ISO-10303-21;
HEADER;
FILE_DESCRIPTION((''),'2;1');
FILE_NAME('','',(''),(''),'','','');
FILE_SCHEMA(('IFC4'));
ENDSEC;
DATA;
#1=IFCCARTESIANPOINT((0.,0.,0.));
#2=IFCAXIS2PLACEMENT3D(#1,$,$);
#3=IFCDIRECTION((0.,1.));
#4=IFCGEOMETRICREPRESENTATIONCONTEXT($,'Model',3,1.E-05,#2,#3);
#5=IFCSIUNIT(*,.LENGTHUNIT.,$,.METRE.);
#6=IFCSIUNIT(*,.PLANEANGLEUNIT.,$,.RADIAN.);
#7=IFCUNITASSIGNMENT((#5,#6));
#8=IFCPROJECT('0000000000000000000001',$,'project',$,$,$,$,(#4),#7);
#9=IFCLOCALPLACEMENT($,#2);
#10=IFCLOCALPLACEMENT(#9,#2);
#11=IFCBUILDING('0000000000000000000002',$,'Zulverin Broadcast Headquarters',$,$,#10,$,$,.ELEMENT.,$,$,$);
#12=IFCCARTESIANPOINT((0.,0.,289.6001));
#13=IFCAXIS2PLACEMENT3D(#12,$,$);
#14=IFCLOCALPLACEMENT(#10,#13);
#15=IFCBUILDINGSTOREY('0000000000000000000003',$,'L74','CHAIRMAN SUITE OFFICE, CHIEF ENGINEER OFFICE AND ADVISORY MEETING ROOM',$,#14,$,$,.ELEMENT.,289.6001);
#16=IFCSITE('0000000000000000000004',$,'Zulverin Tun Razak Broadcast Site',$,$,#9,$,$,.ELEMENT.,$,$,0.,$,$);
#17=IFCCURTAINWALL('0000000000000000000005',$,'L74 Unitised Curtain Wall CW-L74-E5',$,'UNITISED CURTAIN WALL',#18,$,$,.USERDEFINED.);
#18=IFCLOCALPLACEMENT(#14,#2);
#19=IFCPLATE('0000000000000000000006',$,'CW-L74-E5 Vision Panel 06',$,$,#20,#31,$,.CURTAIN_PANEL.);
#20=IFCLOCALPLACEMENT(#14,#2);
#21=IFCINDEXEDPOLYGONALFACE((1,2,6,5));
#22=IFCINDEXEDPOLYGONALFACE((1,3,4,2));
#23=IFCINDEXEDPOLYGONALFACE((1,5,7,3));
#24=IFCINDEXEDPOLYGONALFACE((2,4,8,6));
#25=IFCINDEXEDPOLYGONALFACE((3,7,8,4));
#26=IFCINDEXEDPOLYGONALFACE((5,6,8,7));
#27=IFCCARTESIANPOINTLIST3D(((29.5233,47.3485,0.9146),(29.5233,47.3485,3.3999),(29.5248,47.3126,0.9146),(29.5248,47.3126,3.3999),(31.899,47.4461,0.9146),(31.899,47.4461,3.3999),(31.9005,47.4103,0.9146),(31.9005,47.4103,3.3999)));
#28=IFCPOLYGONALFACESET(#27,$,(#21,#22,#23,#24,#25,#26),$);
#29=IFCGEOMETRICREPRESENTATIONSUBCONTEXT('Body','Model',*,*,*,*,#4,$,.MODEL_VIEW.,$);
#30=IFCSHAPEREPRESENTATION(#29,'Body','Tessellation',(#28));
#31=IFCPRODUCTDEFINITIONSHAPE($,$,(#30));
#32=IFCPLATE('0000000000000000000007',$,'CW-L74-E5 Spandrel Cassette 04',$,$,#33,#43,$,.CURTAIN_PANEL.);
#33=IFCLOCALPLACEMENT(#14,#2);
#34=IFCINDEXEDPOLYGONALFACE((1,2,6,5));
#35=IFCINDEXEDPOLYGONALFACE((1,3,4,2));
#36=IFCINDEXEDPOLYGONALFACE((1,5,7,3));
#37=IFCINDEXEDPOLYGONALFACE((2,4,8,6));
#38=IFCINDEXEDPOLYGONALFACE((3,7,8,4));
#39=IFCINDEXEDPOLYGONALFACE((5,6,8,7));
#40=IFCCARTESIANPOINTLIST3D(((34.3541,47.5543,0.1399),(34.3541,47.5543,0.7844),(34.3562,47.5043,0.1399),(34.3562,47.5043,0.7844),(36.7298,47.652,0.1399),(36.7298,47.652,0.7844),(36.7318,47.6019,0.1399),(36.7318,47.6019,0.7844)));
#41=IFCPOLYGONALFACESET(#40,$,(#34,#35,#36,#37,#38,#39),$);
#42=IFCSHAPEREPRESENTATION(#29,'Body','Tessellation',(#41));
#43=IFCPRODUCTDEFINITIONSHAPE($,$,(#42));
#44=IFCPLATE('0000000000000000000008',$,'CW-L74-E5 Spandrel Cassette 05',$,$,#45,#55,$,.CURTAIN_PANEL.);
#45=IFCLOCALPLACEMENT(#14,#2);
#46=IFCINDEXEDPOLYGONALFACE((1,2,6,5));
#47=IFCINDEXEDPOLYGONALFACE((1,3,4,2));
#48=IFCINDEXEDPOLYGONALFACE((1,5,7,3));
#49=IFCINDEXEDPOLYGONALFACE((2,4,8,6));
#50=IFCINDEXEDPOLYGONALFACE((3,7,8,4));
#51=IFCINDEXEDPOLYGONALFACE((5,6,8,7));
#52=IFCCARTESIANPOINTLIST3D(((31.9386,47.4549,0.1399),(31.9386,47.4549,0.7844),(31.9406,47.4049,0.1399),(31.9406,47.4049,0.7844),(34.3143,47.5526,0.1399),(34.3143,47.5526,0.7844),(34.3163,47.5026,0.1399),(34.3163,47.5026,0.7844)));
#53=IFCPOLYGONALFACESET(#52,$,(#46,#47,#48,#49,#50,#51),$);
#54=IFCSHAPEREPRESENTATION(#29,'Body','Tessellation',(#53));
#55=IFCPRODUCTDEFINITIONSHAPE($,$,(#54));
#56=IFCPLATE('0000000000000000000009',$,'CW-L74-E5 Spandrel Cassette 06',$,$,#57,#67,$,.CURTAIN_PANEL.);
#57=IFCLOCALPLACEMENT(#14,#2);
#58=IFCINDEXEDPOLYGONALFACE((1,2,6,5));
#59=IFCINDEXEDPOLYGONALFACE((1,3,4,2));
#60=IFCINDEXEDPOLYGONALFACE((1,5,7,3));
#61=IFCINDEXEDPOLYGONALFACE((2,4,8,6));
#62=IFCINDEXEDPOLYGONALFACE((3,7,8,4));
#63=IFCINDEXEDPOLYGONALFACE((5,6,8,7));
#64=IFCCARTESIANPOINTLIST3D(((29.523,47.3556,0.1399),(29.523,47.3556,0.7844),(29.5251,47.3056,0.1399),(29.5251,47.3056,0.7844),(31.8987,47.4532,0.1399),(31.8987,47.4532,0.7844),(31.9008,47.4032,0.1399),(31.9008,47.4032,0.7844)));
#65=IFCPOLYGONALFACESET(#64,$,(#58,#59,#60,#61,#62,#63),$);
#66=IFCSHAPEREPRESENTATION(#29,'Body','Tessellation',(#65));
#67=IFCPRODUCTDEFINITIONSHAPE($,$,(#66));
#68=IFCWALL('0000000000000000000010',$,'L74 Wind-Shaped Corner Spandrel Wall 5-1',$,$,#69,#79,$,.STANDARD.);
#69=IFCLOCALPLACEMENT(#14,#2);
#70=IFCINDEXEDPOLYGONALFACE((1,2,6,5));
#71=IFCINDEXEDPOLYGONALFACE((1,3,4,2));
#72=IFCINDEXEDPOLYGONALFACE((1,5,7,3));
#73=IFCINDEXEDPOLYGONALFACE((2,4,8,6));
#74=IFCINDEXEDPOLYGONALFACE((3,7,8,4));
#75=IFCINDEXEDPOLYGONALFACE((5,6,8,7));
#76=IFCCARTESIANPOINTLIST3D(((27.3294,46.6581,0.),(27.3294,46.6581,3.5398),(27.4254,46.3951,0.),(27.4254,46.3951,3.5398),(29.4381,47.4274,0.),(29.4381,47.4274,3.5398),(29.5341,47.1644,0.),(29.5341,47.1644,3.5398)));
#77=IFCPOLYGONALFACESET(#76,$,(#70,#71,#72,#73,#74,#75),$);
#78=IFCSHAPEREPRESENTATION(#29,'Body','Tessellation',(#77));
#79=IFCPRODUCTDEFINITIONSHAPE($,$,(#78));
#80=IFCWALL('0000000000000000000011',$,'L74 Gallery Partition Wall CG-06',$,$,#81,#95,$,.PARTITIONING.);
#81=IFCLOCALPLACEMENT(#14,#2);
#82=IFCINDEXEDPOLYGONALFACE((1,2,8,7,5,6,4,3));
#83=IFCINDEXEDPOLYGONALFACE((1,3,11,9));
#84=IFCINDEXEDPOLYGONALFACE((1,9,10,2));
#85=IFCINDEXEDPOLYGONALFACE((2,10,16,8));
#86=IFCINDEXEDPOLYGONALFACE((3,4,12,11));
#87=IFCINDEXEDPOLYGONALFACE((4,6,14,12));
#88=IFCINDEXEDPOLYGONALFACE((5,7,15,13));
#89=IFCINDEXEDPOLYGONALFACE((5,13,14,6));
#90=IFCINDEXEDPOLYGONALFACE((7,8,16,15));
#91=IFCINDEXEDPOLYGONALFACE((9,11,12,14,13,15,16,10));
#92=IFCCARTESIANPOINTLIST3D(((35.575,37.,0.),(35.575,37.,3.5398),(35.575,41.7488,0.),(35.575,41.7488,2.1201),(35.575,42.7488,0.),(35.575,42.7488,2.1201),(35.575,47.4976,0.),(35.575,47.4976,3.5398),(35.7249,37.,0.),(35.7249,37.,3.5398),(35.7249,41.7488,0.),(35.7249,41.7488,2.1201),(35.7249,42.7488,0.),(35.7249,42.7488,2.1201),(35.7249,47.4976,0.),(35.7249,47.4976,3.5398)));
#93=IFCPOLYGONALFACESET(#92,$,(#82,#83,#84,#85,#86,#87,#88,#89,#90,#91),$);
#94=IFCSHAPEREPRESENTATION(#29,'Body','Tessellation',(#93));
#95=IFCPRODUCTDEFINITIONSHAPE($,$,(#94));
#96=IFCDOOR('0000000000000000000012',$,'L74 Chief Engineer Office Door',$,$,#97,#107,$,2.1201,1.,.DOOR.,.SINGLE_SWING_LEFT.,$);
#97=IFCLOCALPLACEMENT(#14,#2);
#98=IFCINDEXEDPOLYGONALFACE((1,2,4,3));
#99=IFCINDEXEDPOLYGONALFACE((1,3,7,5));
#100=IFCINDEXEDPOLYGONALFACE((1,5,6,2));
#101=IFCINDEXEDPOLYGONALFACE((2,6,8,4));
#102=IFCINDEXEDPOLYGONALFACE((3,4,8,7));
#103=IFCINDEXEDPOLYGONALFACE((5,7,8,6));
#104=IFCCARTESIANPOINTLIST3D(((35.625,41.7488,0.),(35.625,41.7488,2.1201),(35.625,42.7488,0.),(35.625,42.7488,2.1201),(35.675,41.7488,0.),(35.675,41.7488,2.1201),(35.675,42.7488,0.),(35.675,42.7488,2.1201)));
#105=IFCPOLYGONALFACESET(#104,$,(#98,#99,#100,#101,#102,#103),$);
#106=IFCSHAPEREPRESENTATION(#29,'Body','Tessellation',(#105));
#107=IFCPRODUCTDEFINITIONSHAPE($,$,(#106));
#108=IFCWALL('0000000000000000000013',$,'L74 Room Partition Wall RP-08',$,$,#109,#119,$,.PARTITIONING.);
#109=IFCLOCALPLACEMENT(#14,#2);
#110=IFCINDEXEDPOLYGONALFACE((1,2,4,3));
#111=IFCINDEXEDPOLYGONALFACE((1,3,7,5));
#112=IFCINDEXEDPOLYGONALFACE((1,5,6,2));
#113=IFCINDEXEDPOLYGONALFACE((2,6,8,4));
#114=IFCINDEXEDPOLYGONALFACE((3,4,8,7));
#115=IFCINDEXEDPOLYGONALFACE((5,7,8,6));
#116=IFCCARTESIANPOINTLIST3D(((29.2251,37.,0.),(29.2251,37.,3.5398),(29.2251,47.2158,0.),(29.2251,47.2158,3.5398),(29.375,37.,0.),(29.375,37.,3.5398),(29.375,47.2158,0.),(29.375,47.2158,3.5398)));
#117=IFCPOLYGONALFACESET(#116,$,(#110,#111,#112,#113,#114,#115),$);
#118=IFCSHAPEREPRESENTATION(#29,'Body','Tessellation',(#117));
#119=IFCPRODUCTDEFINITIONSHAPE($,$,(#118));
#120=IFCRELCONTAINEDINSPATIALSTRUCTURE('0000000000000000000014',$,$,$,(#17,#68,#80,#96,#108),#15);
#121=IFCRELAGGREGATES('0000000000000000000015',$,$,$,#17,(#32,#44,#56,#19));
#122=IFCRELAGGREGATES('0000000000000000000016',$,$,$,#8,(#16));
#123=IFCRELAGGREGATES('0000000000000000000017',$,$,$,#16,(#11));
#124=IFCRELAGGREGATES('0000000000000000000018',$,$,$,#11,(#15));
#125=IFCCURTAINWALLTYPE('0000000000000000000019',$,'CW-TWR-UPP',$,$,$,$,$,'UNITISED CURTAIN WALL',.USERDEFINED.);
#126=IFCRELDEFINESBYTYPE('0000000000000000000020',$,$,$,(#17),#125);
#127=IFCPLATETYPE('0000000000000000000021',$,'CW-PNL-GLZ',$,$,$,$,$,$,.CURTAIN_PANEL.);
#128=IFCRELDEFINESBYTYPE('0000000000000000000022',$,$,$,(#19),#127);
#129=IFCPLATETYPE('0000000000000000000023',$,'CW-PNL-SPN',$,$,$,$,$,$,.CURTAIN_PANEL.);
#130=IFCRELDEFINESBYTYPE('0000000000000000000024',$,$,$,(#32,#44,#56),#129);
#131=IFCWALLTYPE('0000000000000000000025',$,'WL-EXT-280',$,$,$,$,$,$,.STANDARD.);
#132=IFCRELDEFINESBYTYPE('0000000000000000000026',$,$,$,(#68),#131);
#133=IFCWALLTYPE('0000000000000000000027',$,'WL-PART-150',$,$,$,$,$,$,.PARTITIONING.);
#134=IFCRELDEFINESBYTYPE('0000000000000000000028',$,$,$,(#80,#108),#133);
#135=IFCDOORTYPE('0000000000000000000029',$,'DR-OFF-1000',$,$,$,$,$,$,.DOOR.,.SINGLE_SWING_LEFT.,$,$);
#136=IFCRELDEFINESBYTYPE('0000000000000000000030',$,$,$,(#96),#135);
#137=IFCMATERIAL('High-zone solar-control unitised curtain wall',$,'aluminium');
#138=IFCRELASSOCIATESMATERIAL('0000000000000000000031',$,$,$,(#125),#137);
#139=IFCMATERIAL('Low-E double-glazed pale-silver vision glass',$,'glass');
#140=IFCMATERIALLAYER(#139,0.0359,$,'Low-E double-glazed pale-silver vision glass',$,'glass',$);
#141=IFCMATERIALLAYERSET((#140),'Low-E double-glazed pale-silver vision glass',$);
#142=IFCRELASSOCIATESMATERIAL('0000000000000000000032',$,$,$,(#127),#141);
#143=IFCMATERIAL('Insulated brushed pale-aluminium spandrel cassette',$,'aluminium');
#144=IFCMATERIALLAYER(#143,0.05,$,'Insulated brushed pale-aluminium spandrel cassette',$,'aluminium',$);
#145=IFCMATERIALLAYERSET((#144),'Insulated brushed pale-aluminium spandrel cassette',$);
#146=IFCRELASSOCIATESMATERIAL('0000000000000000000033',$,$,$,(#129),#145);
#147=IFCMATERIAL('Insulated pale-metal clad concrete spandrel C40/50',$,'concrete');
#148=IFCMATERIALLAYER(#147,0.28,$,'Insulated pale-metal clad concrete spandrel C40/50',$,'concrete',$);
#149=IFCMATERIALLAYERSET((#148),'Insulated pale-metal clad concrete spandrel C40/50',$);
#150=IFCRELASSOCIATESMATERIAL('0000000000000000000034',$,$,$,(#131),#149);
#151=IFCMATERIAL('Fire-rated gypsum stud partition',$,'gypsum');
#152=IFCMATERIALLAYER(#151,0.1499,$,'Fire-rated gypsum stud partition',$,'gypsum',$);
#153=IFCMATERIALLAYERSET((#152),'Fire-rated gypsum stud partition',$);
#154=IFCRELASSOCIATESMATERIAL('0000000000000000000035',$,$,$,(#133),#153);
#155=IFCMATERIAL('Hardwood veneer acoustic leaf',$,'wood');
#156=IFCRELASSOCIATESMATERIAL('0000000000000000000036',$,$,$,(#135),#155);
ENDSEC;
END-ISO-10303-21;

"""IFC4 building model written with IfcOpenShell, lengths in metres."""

from ifc_helpers import new_model, si_unit, direction, frame, frame_2d, origin, origin_2d, place, context, subcontext, project, spatial, rectangle, extrude, material, layer, layer_set, type_object, element, fill, aggregate, save


model = new_model("IFC4")

# Units and contexts
model_context = context("Model", 3, precision=1e-05, world=origin(), true_north=direction((0.0, 1.0)))
body_context = subcontext(model_context, "Body", "Model", "MODEL_VIEW")
ifc_project = project(units=[si_unit("LENGTHUNIT", "METRE"), si_unit("PLANEANGLEUNIT", "RADIAN")], contexts=[model_context])

# Site, building, storey
site_placement = place(None, origin())
site = spatial("IfcSite", under=ifc_project, at=site_placement, Name="Zulverin Tun Razak Broadcast Site", CompositionType="ELEMENT", RefElevation=0.0)
building_placement = place(site_placement, origin())
building = spatial("IfcBuilding", under=site, at=building_placement, Name="Zulverin Broadcast Headquarters", CompositionType="ELEMENT")
storey_placement = place(building_placement, frame((0.0, 0.0, 289.6001)))
storey = spatial("IfcBuildingStorey", under=building, at=storey_placement, Name="L74", Description="CHAIRMAN SUITE OFFICE, CHIEF ENGINEER OFFICE AND ADVISORY MEETING ROOM", CompositionType="ELEMENT", Elevation=289.6001)

# Curtain wall, plates
ifc_material_1 = material(Name="High-zone solar-control unitised curtain wall", Category="aluminium")
curtain_wall_type = type_object("IfcCurtainWallType", Name="CW-TWR-UPP", ElementType="UNITISED CURTAIN WALL", PredefinedType="USERDEFINED", material=ifc_material_1)
curtain_wall_placement = place(storey_placement, origin())
curtain_wall = element("IfcCurtainWall", 1, at=curtain_wall_placement, inside=storey, type_object=curtain_wall_type, Name="L74 Unitised Curtain Wall CW-L74-E5", ObjectType="UNITISED CURTAIN WALL", PredefinedType="USERDEFINED")
ifc_material_2 = material(Name="Low-E double-glazed pale-silver vision glass", Category="glass")
ifc_layer_1 = layer(ifc_material_2, 0.0359, Name="Low-E double-glazed pale-silver vision glass", Category="glass")
ifc_layer_set_1 = layer_set([ifc_layer_1], Name="Low-E double-glazed pale-silver vision glass")
plate_type_1 = type_object("IfcPlateType", Name="CW-PNL-GLZ", PredefinedType="CURTAIN_PANEL", material=ifc_layer_set_1)
plate_1_placement = place(storey_placement, frame((30.7119, 47.3794, 0.9146), z_axis=(0.0, 0.0, 1.0), x_axis=(-0.999156, -0.041068, 0.0)))
plate_1 = element("IfcPlate", 2, at=plate_1_placement, type_object=plate_type_1, Name="CW-L74-E5 Vision Panel 06", PredefinedType="CURTAIN_PANEL", context=body_context, shape_type="SweptSolid", body=[
    extrude(rectangle(XDim=2.3777, YDim=0.0359, at=origin_2d()), origin(), (0.0, 0.0, 1.0), 2.4854),
])
ifc_material_3 = material(Name="Insulated brushed pale-aluminium spandrel cassette", Category="aluminium")
ifc_layer_2 = layer(ifc_material_3, 0.05, Name="Insulated brushed pale-aluminium spandrel cassette", Category="aluminium")
ifc_layer_set_2 = layer_set([ifc_layer_2], Name="Insulated brushed pale-aluminium spandrel cassette")
plate_type_2 = type_object("IfcPlateType", Name="CW-PNL-SPN", PredefinedType="CURTAIN_PANEL", material=ifc_layer_set_2)
plate_2_placement = place(storey_placement, frame((35.543, 47.5781, 0.1399), z_axis=(0.0, 0.0, 1.0), x_axis=(-0.999156, -0.041068, 0.0)))
plate_2 = element("IfcPlate", 3, at=plate_2_placement, type_object=plate_type_2, Name="CW-L74-E5 Spandrel Cassette 04", PredefinedType="CURTAIN_PANEL", context=body_context, shape_type="SweptSolid", body=[
    extrude(rectangle(XDim=2.3777, YDim=0.05, at=origin_2d()), origin(), (0.0, 0.0, 1.0), 0.6445),
])
plate_3_placement = place(storey_placement, frame((33.1274, 47.4788, 0.1399), z_axis=(0.0, 0.0, 1.0), x_axis=(-0.999156, -0.041068, 0.0)))
plate_3 = element("IfcPlate", 4, at=plate_3_placement, type_object=plate_type_2, Name="CW-L74-E5 Spandrel Cassette 05", PredefinedType="CURTAIN_PANEL", context=body_context, shape_type="SweptSolid", body=[
    extrude(rectangle(XDim=2.3777, YDim=0.05, at=origin_2d()), origin(), (0.0, 0.0, 1.0), 0.6445),
])
plate_4_placement = place(storey_placement, frame((30.7119, 47.3794, 0.1399), z_axis=(0.0, 0.0, 1.0), x_axis=(-0.999156, -0.041068, 0.0)))
plate_4 = element("IfcPlate", 5, at=plate_4_placement, type_object=plate_type_2, Name="CW-L74-E5 Spandrel Cassette 06", PredefinedType="CURTAIN_PANEL", context=body_context, shape_type="SweptSolid", body=[
    extrude(rectangle(XDim=2.3777, YDim=0.05, at=origin_2d()), origin(), (0.0, 0.0, 1.0), 0.6445),
])
aggregate(curtain_wall, [plate_2, plate_3, plate_4, plate_1])

# Wall
ifc_material_4 = material(Name="Insulated pale-metal clad concrete spandrel C40/50", Category="concrete")
ifc_layer_3 = layer(ifc_material_4, 0.28, Name="Insulated pale-metal clad concrete spandrel C40/50", Category="concrete")
ifc_layer_set_3 = layer_set([ifc_layer_3], Name="Insulated pale-metal clad concrete spandrel C40/50")
wall_type_1 = type_object("IfcWallType", Name="WL-EXT-280", PredefinedType="STANDARD", material=ifc_layer_set_3)
wall_1_placement = place(storey_placement, frame((29.4861, 47.2959, 0.0), z_axis=(0.0, 0.0, 1.0), x_axis=(-0.939434, -0.34273, 0.0)))
element("IfcWall", 6, at=wall_1_placement, inside=storey, type_object=wall_type_1, Name="L74 Wind-Shaped Corner Spandrel Wall 5-1", PredefinedType="STANDARD", context=body_context, shape_type="SweptSolid", body=[
    extrude(rectangle(XDim=2.2446, YDim=0.28, at=frame_2d((1.1223, 0.0))), origin(), (0.0, 0.0, 1.0), 3.5398),
])

# Wall, opening, door
ifc_material_5 = material(Name="Fire-rated gypsum stud partition", Category="gypsum")
ifc_layer_4 = layer(ifc_material_5, 0.1499, Name="Fire-rated gypsum stud partition", Category="gypsum")
ifc_layer_set_4 = layer_set([ifc_layer_4], Name="Fire-rated gypsum stud partition")
wall_type_2 = type_object("IfcWallType", Name="WL-PART-150", PredefinedType="PARTITIONING", material=ifc_layer_set_4)
wall_2_placement = place(storey_placement, frame((35.6499, 37.0, 0.0), z_axis=(0.0, 0.0, 1.0), x_axis=(0.0, 1.0, 0.0)))
wall_2 = element("IfcWall", 7, at=wall_2_placement, inside=storey, type_object=wall_type_2, Name="L74 Gallery Partition Wall CG-06", PredefinedType="PARTITIONING", context=body_context, shape_type="SweptSolid", body=[
    extrude(rectangle(XDim=10.4976, YDim=0.1499, at=frame_2d((5.2488, 0.0))), origin(), (0.0, 0.0, 1.0), 3.5398),
])
opening_placement = place(wall_2_placement, frame((4.7488, 0.0, 0.0)))
opening = element("IfcOpeningElement", 8, at=opening_placement, cuts=wall_2, PredefinedType="OPENING", context=body_context, shape_type="SweptSolid", body=[
    extrude(rectangle(XDim=1.0, YDim=2.1201, at=frame_2d((0.5, 1.0601))), frame((0.0, 0.085, 0.0), z_axis=(0.0, -1.0, 0.0), x_axis=(1.0, 0.0, 0.0)), (0.0, 0.0, 1.0), 0.1699),
])
ifc_material_6 = material(Name="Hardwood veneer acoustic leaf", Category="wood")
door_type = type_object("IfcDoorType", Name="DR-OFF-1000", OperationType="SINGLE_SWING_LEFT", PredefinedType="DOOR", material=ifc_material_6)
door_placement = place(opening_placement, origin())
door = element("IfcDoor", 9, at=door_placement, inside=storey, type_object=door_type, Name="L74 Chief Engineer Office Door", OperationType="SINGLE_SWING_LEFT", OverallHeight=2.1201, OverallWidth=1.0, PredefinedType="DOOR", context=body_context, shape_type="SweptSolid", body=[
    extrude(rectangle(XDim=1.0, YDim=2.1201, at=frame_2d((0.5, 1.0601))), frame((0.0, 0.0249, 0.0), z_axis=(0.0, -1.0, 0.0), x_axis=(1.0, 0.0, 0.0)), (0.0, 0.0, 1.0), 0.05),
])
fill(opening, door)

# Wall
wall_3_placement = place(storey_placement, frame((29.3, 37.0, 0.0), z_axis=(0.0, 0.0, 1.0), x_axis=(0.0, 1.0, 0.0)))
element("IfcWall", 10, at=wall_3_placement, inside=storey, type_object=wall_type_2, Name="L74 Room Partition Wall RP-08", PredefinedType="PARTITIONING", context=body_context, shape_type="SweptSolid", body=[
    extrude(rectangle(XDim=10.2158, YDim=0.1499, at=frame_2d((5.1079, 0.0))), origin(), (0.0, 0.0, 1.0), 3.5398),
])

save(model, "model.ifc")
